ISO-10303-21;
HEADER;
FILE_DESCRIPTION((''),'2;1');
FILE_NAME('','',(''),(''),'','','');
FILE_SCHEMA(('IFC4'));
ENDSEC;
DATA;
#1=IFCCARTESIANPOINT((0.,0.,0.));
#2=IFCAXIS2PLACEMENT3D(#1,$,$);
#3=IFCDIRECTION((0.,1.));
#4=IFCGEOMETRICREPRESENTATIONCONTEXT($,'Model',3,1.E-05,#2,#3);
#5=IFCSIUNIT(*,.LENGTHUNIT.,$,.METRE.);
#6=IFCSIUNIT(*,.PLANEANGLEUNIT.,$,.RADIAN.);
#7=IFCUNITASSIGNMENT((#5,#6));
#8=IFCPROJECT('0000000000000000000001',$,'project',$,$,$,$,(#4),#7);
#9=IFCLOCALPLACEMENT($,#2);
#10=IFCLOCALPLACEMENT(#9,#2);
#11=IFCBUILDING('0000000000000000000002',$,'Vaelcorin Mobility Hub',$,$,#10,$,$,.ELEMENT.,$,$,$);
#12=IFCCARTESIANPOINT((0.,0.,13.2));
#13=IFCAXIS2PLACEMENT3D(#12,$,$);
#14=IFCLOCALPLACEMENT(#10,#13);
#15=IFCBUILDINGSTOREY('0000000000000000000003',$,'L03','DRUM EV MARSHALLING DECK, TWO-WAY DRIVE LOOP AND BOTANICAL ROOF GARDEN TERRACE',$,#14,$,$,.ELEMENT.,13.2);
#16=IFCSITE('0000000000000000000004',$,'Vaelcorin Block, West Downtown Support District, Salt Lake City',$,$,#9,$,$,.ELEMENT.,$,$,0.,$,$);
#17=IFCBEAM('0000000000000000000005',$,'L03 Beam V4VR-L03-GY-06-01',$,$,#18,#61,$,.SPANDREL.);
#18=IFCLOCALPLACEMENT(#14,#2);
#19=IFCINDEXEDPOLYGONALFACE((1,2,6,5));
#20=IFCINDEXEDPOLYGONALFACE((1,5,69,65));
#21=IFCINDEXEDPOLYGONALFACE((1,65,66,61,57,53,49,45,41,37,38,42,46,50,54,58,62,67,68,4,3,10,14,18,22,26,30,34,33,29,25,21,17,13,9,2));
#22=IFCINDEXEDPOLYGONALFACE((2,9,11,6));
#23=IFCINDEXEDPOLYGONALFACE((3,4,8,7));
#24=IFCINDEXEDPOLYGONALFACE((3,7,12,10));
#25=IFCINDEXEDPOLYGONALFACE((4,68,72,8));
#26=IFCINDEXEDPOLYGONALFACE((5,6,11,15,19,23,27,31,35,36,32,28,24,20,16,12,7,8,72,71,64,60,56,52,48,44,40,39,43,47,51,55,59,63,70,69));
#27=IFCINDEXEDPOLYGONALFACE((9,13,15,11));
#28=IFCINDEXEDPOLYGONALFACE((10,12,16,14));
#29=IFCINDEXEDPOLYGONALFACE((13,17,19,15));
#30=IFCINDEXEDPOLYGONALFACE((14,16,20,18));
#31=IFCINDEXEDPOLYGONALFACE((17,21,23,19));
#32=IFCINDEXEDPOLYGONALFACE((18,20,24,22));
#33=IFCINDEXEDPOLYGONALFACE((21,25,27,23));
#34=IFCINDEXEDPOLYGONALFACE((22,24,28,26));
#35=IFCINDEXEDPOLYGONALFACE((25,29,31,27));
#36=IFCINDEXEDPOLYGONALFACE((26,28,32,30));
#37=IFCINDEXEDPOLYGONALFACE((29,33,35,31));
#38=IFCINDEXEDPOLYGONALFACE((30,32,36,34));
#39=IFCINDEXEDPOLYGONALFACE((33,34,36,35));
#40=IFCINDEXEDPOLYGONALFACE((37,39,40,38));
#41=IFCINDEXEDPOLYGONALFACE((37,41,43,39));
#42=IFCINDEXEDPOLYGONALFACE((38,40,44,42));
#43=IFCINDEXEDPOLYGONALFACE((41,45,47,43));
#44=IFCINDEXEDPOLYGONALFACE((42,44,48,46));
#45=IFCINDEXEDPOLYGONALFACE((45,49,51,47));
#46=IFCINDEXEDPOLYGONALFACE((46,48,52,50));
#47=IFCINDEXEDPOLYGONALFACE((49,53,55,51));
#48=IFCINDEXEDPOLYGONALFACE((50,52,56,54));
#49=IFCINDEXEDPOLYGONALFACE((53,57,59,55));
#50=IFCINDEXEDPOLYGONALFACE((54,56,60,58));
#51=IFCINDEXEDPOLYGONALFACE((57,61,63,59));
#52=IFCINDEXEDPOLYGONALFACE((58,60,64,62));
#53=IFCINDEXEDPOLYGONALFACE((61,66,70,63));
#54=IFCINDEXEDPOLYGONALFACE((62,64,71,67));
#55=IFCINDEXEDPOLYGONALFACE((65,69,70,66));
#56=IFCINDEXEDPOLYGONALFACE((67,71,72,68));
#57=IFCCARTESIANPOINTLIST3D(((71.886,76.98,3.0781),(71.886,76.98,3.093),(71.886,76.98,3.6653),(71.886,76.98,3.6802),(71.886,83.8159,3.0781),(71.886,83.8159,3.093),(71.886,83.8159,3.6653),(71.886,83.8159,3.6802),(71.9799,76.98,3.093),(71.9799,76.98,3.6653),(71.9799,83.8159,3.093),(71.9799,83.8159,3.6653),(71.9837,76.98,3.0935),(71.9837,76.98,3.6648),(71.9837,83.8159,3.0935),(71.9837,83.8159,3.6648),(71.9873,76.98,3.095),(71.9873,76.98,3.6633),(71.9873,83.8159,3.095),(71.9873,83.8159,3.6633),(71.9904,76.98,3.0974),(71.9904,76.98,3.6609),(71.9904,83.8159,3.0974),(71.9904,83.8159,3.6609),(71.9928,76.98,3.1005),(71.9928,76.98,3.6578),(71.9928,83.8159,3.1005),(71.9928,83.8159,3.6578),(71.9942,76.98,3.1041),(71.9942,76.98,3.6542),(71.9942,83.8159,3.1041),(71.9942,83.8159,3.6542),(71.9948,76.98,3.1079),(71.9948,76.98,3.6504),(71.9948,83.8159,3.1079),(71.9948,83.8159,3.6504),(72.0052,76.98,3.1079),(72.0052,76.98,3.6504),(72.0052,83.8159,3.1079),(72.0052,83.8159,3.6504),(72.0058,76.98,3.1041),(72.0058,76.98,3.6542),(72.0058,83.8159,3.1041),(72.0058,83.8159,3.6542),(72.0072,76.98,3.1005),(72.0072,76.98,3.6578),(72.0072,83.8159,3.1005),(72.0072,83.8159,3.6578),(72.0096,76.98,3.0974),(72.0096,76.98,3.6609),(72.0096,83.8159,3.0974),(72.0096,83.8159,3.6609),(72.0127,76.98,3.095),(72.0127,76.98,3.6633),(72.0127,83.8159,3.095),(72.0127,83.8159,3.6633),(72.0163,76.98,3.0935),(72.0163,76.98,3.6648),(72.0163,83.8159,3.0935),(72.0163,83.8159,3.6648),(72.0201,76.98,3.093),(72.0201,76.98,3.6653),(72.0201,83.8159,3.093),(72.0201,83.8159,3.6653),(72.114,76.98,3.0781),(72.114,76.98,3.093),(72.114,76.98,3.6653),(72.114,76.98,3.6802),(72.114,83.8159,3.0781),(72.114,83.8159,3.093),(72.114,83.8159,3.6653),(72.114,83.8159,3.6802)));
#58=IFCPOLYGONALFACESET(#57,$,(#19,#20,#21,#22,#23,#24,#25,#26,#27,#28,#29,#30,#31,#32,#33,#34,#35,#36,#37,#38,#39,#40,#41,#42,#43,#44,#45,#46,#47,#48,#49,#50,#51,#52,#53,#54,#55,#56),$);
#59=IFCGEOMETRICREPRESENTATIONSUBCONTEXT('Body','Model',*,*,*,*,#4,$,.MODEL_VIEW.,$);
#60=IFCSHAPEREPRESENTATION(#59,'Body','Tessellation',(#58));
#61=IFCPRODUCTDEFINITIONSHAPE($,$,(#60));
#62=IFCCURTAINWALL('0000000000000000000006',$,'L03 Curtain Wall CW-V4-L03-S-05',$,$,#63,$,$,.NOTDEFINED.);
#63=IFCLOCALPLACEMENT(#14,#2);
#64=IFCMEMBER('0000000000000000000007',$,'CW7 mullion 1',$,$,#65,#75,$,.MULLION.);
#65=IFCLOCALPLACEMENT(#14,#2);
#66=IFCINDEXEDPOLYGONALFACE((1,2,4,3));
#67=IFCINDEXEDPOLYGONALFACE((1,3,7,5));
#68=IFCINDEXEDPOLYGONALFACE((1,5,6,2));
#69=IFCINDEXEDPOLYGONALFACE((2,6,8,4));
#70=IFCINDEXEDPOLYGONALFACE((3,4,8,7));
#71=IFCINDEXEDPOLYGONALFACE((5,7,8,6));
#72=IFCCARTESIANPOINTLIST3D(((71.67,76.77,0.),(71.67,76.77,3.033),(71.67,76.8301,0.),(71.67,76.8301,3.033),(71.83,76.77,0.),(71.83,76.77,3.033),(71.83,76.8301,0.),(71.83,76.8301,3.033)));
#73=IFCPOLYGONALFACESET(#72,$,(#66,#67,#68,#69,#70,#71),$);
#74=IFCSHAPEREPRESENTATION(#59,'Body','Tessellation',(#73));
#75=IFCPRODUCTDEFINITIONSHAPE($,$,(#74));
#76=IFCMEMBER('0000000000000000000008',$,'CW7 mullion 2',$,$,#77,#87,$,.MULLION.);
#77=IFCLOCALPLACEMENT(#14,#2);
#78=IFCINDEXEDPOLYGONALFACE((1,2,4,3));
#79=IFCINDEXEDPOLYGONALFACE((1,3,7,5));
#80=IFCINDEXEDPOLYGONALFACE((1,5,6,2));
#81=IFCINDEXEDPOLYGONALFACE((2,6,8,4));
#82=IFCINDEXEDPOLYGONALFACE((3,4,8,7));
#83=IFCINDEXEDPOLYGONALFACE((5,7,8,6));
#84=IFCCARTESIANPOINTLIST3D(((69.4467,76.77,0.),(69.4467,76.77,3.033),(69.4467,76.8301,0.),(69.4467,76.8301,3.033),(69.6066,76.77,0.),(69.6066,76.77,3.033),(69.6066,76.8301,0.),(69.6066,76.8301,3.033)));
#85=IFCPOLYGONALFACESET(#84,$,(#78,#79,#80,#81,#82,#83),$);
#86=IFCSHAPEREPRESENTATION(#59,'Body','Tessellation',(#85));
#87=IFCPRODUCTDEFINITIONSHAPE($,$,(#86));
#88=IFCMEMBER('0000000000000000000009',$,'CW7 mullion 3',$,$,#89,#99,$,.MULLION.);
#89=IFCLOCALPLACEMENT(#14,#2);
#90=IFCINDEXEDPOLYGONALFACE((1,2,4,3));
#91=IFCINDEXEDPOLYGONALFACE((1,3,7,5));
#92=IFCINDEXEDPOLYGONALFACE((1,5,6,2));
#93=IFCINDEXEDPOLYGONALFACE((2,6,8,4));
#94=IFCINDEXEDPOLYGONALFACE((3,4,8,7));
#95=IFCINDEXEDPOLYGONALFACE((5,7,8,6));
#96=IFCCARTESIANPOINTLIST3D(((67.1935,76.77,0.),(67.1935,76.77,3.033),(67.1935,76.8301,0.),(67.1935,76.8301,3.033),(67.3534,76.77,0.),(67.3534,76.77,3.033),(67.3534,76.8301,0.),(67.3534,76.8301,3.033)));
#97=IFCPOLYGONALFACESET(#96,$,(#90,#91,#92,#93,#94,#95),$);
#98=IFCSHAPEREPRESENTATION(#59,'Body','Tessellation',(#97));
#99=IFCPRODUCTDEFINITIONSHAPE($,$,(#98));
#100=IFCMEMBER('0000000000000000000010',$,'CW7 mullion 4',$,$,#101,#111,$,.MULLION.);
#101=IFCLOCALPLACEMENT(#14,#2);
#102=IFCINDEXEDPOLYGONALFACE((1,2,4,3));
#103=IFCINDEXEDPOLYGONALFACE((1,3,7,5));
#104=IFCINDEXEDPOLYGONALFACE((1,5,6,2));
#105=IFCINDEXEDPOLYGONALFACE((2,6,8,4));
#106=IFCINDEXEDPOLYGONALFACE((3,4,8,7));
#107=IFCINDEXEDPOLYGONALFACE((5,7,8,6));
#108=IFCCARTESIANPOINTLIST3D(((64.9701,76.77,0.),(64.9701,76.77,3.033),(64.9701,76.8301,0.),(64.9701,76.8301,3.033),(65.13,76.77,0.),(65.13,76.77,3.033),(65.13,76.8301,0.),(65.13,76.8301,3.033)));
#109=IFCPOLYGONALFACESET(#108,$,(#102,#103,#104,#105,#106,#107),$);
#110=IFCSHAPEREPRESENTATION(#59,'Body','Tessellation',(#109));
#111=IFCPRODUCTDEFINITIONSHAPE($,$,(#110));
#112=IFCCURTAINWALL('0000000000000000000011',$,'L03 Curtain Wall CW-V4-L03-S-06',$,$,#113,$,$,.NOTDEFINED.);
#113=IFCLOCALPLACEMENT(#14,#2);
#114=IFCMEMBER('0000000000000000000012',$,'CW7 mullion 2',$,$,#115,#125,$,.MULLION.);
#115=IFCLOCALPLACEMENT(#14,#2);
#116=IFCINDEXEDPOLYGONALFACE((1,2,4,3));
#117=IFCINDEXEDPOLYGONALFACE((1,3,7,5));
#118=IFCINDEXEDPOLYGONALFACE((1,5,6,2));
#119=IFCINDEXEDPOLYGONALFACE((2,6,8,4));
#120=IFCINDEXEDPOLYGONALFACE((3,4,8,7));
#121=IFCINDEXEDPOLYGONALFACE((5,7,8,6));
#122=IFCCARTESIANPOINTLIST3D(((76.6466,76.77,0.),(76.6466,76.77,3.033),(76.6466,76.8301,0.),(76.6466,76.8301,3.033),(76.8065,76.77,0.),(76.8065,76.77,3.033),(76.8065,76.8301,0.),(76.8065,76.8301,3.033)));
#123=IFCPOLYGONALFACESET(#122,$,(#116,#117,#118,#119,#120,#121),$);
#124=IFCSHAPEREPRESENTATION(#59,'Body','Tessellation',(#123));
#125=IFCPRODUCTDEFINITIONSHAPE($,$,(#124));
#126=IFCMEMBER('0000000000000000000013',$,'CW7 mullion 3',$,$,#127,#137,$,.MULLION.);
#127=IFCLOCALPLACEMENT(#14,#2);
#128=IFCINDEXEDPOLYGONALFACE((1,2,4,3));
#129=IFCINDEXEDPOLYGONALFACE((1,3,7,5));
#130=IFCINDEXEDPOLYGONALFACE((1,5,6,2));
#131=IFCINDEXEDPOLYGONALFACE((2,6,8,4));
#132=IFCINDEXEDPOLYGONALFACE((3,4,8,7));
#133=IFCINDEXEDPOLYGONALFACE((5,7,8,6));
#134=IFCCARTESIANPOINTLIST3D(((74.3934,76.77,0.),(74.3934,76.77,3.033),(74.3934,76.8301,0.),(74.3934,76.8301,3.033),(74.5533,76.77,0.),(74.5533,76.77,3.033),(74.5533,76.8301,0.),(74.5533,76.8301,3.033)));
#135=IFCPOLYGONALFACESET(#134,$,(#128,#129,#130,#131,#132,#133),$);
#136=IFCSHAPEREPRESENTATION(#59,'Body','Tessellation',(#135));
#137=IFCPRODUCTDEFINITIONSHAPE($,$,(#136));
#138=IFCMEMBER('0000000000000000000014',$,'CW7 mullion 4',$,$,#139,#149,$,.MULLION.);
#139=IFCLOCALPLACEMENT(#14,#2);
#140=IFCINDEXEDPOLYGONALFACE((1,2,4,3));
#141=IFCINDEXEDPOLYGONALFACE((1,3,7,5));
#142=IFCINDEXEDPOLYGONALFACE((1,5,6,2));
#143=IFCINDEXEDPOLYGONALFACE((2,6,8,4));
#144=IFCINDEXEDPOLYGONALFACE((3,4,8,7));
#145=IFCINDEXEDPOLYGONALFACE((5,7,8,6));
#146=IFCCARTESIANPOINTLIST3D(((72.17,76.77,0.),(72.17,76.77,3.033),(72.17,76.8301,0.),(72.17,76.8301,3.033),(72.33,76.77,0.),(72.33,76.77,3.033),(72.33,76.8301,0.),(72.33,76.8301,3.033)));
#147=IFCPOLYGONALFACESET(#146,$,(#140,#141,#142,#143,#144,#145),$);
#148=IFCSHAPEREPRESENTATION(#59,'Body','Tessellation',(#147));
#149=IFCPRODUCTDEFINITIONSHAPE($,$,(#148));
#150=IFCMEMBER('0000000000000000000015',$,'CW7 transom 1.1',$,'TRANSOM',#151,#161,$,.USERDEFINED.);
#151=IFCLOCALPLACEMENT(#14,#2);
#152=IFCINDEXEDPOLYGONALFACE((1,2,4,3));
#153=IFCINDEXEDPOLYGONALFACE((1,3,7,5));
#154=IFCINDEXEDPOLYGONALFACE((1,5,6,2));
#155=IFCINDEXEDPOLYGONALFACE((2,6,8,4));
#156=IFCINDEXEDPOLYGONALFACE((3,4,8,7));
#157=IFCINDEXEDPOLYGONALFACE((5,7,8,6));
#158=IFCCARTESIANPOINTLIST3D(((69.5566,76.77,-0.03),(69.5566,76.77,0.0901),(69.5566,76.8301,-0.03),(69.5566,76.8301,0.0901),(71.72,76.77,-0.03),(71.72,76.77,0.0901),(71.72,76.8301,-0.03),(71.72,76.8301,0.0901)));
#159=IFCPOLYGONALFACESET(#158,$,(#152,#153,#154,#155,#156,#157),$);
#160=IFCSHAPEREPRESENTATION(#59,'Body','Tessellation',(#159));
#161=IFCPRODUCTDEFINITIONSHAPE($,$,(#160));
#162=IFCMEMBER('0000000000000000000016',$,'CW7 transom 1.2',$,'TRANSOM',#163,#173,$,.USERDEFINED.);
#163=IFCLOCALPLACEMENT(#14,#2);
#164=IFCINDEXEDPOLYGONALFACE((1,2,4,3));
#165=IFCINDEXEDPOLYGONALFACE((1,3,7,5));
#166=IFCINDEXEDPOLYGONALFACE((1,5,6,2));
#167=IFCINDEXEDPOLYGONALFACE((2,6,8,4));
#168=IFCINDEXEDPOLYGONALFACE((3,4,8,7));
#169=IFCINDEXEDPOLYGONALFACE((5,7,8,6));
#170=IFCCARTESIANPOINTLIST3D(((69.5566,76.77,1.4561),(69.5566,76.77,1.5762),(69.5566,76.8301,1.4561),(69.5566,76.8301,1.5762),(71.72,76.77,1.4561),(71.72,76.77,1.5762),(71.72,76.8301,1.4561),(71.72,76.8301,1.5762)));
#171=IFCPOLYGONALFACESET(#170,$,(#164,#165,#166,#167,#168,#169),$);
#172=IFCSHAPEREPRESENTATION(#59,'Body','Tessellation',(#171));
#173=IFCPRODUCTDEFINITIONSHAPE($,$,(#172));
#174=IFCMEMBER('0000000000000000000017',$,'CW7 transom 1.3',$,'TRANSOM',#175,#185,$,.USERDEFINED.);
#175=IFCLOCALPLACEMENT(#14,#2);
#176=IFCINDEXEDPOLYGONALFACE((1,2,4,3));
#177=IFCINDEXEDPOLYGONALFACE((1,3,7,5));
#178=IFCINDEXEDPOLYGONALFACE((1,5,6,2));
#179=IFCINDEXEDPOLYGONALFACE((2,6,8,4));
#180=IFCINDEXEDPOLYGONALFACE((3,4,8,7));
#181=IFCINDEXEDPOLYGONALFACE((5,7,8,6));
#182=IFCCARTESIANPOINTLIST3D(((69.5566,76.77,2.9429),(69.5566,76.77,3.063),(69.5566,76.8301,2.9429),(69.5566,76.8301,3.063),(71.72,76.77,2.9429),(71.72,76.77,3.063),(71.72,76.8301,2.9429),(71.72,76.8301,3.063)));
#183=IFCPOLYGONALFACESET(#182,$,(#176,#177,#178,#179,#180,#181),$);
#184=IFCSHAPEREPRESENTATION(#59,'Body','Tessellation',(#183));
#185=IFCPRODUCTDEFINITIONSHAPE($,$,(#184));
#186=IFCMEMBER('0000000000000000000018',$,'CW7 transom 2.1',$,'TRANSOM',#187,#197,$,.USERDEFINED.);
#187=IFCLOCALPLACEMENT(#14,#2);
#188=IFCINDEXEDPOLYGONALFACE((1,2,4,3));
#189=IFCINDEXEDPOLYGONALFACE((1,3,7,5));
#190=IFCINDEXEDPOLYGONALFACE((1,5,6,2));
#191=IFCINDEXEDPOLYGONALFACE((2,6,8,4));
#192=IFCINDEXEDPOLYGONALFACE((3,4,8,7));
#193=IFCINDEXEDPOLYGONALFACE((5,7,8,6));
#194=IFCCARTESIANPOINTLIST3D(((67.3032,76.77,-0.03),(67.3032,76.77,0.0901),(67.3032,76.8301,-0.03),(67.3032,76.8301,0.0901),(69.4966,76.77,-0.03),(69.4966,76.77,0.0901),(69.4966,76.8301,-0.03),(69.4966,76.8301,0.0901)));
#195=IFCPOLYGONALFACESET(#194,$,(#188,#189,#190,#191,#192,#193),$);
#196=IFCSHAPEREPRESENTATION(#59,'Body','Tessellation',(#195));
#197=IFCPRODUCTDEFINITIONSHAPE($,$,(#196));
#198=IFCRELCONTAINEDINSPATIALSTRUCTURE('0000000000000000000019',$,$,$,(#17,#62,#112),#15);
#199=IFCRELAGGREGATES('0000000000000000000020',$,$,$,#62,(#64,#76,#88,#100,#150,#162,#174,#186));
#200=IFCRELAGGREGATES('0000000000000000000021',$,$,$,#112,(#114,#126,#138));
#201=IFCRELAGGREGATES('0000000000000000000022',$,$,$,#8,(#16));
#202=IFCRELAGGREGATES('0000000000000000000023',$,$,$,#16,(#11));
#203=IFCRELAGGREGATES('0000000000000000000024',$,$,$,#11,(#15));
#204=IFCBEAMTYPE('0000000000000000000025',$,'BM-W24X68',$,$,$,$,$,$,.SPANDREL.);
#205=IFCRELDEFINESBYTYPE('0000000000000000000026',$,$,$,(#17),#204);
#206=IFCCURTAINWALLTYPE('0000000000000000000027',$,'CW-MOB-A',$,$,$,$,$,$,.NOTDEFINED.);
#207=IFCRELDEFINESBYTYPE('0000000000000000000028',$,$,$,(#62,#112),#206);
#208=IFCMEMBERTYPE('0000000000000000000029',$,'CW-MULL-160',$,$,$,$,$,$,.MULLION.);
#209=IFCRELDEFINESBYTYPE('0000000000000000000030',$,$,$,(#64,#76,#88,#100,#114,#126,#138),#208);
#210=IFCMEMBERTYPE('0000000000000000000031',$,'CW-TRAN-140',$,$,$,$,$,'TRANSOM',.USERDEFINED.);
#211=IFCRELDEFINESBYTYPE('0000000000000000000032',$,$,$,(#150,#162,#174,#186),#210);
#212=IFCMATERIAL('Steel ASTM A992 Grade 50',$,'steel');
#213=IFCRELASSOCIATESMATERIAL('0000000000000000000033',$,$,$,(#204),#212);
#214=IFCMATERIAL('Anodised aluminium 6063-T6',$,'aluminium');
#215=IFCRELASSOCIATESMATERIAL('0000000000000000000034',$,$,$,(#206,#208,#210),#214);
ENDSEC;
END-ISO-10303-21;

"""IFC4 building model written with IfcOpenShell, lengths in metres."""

from ifc_helpers import new_model, si_unit, direction, frame, origin, origin_2d, place, context, subcontext, project, spatial, rectangle, i_section, extrude, material, material_profile, profile_set, type_object, element, aggregate, save


model = new_model("IFC4")

# Units and contexts
model_context = context("Model", 3, precision=1e-05, world=origin(), true_north=direction((0.0, 1.0)))
body_context = subcontext(model_context, "Body", "Model", "MODEL_VIEW")
ifc_project = project(units=[si_unit("LENGTHUNIT", "METRE"), si_unit("PLANEANGLEUNIT", "RADIAN")], contexts=[model_context])

# Site, building, storey
site_placement = place(None, origin())
site = spatial("IfcSite", under=ifc_project, at=site_placement, Name="Vaelcorin Block, West Downtown Support District, Salt Lake City", CompositionType="ELEMENT", RefElevation=0.0)
building_placement = place(site_placement, origin())
building = spatial("IfcBuilding", under=site, at=building_placement, Name="Vaelcorin Mobility Hub", CompositionType="ELEMENT")
storey_placement = place(building_placement, frame((0.0, 0.0, 13.2)))
storey = spatial("IfcBuildingStorey", under=building, at=storey_placement, Name="L03", Description="DRUM EV MARSHALLING DECK, TWO-WAY DRIVE LOOP AND BOTANICAL ROOF GARDEN TERRACE", CompositionType="ELEMENT", Elevation=13.2)

# Shared definitions
ifc_material_1 = material(Name="Steel ASTM A992 Grade 50", Category="steel")

# Beam
ifc_material_profile_1 = material_profile(ifc_material_1, i_section(OverallWidth=0.228, OverallDepth=0.6021, WebThickness=0.0105, FlangeThickness=0.0149, FilletRadius=0.0149, at=origin_2d()), Name="W24X68")
ifc_profile_set_1 = profile_set([ifc_material_profile_1], Name="Steel ASTM A992 Grade 50")
beam_type_1 = type_object("IfcBeamType", Name="BM-W24X68", PredefinedType="SPANDREL", material=ifc_profile_set_1)
beam_1_placement = place(storey_placement, frame((72.0, 76.98, 3.3792), z_axis=(0.0, 1.0, 0.0), x_axis=(-1.0, 0.0, 0.0)))
element("IfcBeam", 1, at=beam_1_placement, inside=storey, type_object=beam_type_1, Name="L03 Beam V4VR-L03-GY-06-01", PredefinedType="SPANDREL", context=body_context, shape_type="SweptSolid", body=[
    extrude(i_section(OverallWidth=0.228, OverallDepth=0.6021, WebThickness=0.0105, FlangeThickness=0.0149, FilletRadius=0.0149, at=origin_2d()), origin(), (0.0, 0.0, 1.0), 6.8359),
])

# Curtain walls, members
ifc_material_2 = material(Name="Anodised aluminium 6063-T6", Category="aluminium")
curtain_wall_type = type_object("IfcCurtainWallType", Name="CW-MOB-A", PredefinedType="NOTDEFINED", material=ifc_material_2)
curtain_wall_1_placement = place(storey_placement, origin())
curtain_wall_1 = element("IfcCurtainWall", 2, at=curtain_wall_1_placement, inside=storey, type_object=curtain_wall_type, Name="L03 Curtain Wall CW-V4-L03-S-05", PredefinedType="NOTDEFINED")
ifc_material_profile_2 = material_profile(ifc_material_2, rectangle(XDim=0.0601, YDim=0.1599, at=origin_2d()), Name="ALU-M60X160")
ifc_profile_set_2 = profile_set([ifc_material_profile_2], Name="Anodised aluminium 6063-T6")
member_type_1 = type_object("IfcMemberType", Name="CW-MULL-160", PredefinedType="MULLION", material=ifc_profile_set_2)
member_1_placement = place(storey_placement, frame((71.75, 76.8, 0.0), z_axis=(0.0, 0.0, 1.0), x_axis=(0.0, -1.0, 0.0)))
member_1 = element("IfcMember", 3, at=member_1_placement, type_object=member_type_1, Name="CW7 mullion 1", PredefinedType="MULLION", context=body_context, shape_type="SweptSolid", body=[
    extrude(rectangle(XDim=0.0601, YDim=0.1599, at=origin_2d()), origin(), (0.0, 0.0, 1.0), 3.033),
])
member_2_placement = place(storey_placement, frame((69.5266, 76.8, 0.0), z_axis=(0.0, 0.0, 1.0), x_axis=(0.0, -1.0, 0.0)))
member_2 = element("IfcMember", 4, at=member_2_placement, type_object=member_type_1, Name="CW7 mullion 2", PredefinedType="MULLION", context=body_context, shape_type="SweptSolid", body=[
    extrude(rectangle(XDim=0.0601, YDim=0.1599, at=origin_2d()), origin(), (0.0, 0.0, 1.0), 3.033),
])
member_3_placement = place(storey_placement, frame((67.2734, 76.8, 0.0), z_axis=(0.0, 0.0, 1.0), x_axis=(0.0, -1.0, 0.0)))
member_3 = element("IfcMember", 5, at=member_3_placement, type_object=member_type_1, Name="CW7 mullion 3", PredefinedType="MULLION", context=body_context, shape_type="SweptSolid", body=[
    extrude(rectangle(XDim=0.0601, YDim=0.1599, at=origin_2d()), origin(), (0.0, 0.0, 1.0), 3.033),
])
member_4_placement = place(storey_placement, frame((65.05, 76.8, 0.0), z_axis=(0.0, 0.0, 1.0), x_axis=(0.0, -1.0, 0.0)))
member_4 = element("IfcMember", 6, at=member_4_placement, type_object=member_type_1, Name="CW7 mullion 4", PredefinedType="MULLION", context=body_context, shape_type="SweptSolid", body=[
    extrude(rectangle(XDim=0.0601, YDim=0.1599, at=origin_2d()), origin(), (0.0, 0.0, 1.0), 3.033),
])
curtain_wall_2_placement = place(storey_placement, origin())
curtain_wall_2 = element("IfcCurtainWall", 7, at=curtain_wall_2_placement, inside=storey, type_object=curtain_wall_type, Name="L03 Curtain Wall CW-V4-L03-S-06", PredefinedType="NOTDEFINED")
member_5_placement = place(storey_placement, frame((76.7266, 76.8, 0.0), z_axis=(0.0, 0.0, 1.0), x_axis=(0.0, -1.0, 0.0)))
member_5 = element("IfcMember", 8, at=member_5_placement, type_object=member_type_1, Name="CW7 mullion 2", PredefinedType="MULLION", context=body_context, shape_type="SweptSolid", body=[
    extrude(rectangle(XDim=0.0601, YDim=0.1599, at=origin_2d()), origin(), (0.0, 0.0, 1.0), 3.033),
])
member_6_placement = place(storey_placement, frame((74.4734, 76.8, 0.0), z_axis=(0.0, 0.0, 1.0), x_axis=(0.0, -1.0, 0.0)))
member_6 = element("IfcMember", 9, at=member_6_placement, type_object=member_type_1, Name="CW7 mullion 3", PredefinedType="MULLION", context=body_context, shape_type="SweptSolid", body=[
    extrude(rectangle(XDim=0.0601, YDim=0.1599, at=origin_2d()), origin(), (0.0, 0.0, 1.0), 3.033),
])
member_7_placement = place(storey_placement, frame((72.25, 76.8, 0.0), z_axis=(0.0, 0.0, 1.0), x_axis=(0.0, -1.0, 0.0)))
member_7 = element("IfcMember", 10, at=member_7_placement, type_object=member_type_1, Name="CW7 mullion 4", PredefinedType="MULLION", context=body_context, shape_type="SweptSolid", body=[
    extrude(rectangle(XDim=0.0601, YDim=0.1599, at=origin_2d()), origin(), (0.0, 0.0, 1.0), 3.033),
])

# Members
ifc_material_profile_3 = material_profile(ifc_material_2, rectangle(XDim=0.0601, YDim=0.1201, at=origin_2d()), Name="ALU-T60X120")
ifc_profile_set_3 = profile_set([ifc_material_profile_3], Name="Anodised aluminium 6063-T6")
member_type_2 = type_object("IfcMemberType", Name="CW-TRAN-140", ElementType="TRANSOM", PredefinedType="USERDEFINED", material=ifc_profile_set_3)
member_8_placement = place(storey_placement, frame((71.72, 76.8, 0.03), z_axis=(-1.0, 0.0, 0.0), x_axis=(0.0, -1.0, 0.0)))
member_8 = element("IfcMember", 11, at=member_8_placement, type_object=member_type_2, Name="CW7 transom 1.1", ObjectType="TRANSOM", PredefinedType="USERDEFINED", context=body_context, shape_type="SweptSolid", body=[
    extrude(rectangle(XDim=0.0601, YDim=0.1201, at=origin_2d()), origin(), (0.0, 0.0, 1.0), 2.1633),
])
member_9_placement = place(storey_placement, frame((71.72, 76.8, 1.5161), z_axis=(-1.0, 0.0, 0.0), x_axis=(0.0, -1.0, 0.0)))
member_9 = element("IfcMember", 12, at=member_9_placement, type_object=member_type_2, Name="CW7 transom 1.2", ObjectType="TRANSOM", PredefinedType="USERDEFINED", context=body_context, shape_type="SweptSolid", body=[
    extrude(rectangle(XDim=0.0601, YDim=0.1201, at=origin_2d()), origin(), (0.0, 0.0, 1.0), 2.1633),
])
member_10_placement = place(storey_placement, frame((71.72, 76.8, 3.0029), z_axis=(-1.0, 0.0, 0.0), x_axis=(0.0, -1.0, 0.0)))
member_10 = element("IfcMember", 13, at=member_10_placement, type_object=member_type_2, Name="CW7 transom 1.3", ObjectType="TRANSOM", PredefinedType="USERDEFINED", context=body_context, shape_type="SweptSolid", body=[
    extrude(rectangle(XDim=0.0601, YDim=0.1201, at=origin_2d()), origin(), (0.0, 0.0, 1.0), 2.1633),
])
member_11_placement = place(storey_placement, frame((69.4966, 76.8, 0.03), z_axis=(-1.0, 0.0, 0.0), x_axis=(0.0, -1.0, 0.0)))
member_11 = element("IfcMember", 14, at=member_11_placement, type_object=member_type_2, Name="CW7 transom 2.1", ObjectType="TRANSOM", PredefinedType="USERDEFINED", context=body_context, shape_type="SweptSolid", body=[
    extrude(rectangle(XDim=0.0601, YDim=0.1201, at=origin_2d()), origin(), (0.0, 0.0, 1.0), 2.1934),
])

aggregate(curtain_wall_1, [member_1, member_2, member_3, member_4, member_8, member_9, member_10, member_11])
aggregate(curtain_wall_2, [member_5, member_6, member_7])

save(model, "model.ifc")
